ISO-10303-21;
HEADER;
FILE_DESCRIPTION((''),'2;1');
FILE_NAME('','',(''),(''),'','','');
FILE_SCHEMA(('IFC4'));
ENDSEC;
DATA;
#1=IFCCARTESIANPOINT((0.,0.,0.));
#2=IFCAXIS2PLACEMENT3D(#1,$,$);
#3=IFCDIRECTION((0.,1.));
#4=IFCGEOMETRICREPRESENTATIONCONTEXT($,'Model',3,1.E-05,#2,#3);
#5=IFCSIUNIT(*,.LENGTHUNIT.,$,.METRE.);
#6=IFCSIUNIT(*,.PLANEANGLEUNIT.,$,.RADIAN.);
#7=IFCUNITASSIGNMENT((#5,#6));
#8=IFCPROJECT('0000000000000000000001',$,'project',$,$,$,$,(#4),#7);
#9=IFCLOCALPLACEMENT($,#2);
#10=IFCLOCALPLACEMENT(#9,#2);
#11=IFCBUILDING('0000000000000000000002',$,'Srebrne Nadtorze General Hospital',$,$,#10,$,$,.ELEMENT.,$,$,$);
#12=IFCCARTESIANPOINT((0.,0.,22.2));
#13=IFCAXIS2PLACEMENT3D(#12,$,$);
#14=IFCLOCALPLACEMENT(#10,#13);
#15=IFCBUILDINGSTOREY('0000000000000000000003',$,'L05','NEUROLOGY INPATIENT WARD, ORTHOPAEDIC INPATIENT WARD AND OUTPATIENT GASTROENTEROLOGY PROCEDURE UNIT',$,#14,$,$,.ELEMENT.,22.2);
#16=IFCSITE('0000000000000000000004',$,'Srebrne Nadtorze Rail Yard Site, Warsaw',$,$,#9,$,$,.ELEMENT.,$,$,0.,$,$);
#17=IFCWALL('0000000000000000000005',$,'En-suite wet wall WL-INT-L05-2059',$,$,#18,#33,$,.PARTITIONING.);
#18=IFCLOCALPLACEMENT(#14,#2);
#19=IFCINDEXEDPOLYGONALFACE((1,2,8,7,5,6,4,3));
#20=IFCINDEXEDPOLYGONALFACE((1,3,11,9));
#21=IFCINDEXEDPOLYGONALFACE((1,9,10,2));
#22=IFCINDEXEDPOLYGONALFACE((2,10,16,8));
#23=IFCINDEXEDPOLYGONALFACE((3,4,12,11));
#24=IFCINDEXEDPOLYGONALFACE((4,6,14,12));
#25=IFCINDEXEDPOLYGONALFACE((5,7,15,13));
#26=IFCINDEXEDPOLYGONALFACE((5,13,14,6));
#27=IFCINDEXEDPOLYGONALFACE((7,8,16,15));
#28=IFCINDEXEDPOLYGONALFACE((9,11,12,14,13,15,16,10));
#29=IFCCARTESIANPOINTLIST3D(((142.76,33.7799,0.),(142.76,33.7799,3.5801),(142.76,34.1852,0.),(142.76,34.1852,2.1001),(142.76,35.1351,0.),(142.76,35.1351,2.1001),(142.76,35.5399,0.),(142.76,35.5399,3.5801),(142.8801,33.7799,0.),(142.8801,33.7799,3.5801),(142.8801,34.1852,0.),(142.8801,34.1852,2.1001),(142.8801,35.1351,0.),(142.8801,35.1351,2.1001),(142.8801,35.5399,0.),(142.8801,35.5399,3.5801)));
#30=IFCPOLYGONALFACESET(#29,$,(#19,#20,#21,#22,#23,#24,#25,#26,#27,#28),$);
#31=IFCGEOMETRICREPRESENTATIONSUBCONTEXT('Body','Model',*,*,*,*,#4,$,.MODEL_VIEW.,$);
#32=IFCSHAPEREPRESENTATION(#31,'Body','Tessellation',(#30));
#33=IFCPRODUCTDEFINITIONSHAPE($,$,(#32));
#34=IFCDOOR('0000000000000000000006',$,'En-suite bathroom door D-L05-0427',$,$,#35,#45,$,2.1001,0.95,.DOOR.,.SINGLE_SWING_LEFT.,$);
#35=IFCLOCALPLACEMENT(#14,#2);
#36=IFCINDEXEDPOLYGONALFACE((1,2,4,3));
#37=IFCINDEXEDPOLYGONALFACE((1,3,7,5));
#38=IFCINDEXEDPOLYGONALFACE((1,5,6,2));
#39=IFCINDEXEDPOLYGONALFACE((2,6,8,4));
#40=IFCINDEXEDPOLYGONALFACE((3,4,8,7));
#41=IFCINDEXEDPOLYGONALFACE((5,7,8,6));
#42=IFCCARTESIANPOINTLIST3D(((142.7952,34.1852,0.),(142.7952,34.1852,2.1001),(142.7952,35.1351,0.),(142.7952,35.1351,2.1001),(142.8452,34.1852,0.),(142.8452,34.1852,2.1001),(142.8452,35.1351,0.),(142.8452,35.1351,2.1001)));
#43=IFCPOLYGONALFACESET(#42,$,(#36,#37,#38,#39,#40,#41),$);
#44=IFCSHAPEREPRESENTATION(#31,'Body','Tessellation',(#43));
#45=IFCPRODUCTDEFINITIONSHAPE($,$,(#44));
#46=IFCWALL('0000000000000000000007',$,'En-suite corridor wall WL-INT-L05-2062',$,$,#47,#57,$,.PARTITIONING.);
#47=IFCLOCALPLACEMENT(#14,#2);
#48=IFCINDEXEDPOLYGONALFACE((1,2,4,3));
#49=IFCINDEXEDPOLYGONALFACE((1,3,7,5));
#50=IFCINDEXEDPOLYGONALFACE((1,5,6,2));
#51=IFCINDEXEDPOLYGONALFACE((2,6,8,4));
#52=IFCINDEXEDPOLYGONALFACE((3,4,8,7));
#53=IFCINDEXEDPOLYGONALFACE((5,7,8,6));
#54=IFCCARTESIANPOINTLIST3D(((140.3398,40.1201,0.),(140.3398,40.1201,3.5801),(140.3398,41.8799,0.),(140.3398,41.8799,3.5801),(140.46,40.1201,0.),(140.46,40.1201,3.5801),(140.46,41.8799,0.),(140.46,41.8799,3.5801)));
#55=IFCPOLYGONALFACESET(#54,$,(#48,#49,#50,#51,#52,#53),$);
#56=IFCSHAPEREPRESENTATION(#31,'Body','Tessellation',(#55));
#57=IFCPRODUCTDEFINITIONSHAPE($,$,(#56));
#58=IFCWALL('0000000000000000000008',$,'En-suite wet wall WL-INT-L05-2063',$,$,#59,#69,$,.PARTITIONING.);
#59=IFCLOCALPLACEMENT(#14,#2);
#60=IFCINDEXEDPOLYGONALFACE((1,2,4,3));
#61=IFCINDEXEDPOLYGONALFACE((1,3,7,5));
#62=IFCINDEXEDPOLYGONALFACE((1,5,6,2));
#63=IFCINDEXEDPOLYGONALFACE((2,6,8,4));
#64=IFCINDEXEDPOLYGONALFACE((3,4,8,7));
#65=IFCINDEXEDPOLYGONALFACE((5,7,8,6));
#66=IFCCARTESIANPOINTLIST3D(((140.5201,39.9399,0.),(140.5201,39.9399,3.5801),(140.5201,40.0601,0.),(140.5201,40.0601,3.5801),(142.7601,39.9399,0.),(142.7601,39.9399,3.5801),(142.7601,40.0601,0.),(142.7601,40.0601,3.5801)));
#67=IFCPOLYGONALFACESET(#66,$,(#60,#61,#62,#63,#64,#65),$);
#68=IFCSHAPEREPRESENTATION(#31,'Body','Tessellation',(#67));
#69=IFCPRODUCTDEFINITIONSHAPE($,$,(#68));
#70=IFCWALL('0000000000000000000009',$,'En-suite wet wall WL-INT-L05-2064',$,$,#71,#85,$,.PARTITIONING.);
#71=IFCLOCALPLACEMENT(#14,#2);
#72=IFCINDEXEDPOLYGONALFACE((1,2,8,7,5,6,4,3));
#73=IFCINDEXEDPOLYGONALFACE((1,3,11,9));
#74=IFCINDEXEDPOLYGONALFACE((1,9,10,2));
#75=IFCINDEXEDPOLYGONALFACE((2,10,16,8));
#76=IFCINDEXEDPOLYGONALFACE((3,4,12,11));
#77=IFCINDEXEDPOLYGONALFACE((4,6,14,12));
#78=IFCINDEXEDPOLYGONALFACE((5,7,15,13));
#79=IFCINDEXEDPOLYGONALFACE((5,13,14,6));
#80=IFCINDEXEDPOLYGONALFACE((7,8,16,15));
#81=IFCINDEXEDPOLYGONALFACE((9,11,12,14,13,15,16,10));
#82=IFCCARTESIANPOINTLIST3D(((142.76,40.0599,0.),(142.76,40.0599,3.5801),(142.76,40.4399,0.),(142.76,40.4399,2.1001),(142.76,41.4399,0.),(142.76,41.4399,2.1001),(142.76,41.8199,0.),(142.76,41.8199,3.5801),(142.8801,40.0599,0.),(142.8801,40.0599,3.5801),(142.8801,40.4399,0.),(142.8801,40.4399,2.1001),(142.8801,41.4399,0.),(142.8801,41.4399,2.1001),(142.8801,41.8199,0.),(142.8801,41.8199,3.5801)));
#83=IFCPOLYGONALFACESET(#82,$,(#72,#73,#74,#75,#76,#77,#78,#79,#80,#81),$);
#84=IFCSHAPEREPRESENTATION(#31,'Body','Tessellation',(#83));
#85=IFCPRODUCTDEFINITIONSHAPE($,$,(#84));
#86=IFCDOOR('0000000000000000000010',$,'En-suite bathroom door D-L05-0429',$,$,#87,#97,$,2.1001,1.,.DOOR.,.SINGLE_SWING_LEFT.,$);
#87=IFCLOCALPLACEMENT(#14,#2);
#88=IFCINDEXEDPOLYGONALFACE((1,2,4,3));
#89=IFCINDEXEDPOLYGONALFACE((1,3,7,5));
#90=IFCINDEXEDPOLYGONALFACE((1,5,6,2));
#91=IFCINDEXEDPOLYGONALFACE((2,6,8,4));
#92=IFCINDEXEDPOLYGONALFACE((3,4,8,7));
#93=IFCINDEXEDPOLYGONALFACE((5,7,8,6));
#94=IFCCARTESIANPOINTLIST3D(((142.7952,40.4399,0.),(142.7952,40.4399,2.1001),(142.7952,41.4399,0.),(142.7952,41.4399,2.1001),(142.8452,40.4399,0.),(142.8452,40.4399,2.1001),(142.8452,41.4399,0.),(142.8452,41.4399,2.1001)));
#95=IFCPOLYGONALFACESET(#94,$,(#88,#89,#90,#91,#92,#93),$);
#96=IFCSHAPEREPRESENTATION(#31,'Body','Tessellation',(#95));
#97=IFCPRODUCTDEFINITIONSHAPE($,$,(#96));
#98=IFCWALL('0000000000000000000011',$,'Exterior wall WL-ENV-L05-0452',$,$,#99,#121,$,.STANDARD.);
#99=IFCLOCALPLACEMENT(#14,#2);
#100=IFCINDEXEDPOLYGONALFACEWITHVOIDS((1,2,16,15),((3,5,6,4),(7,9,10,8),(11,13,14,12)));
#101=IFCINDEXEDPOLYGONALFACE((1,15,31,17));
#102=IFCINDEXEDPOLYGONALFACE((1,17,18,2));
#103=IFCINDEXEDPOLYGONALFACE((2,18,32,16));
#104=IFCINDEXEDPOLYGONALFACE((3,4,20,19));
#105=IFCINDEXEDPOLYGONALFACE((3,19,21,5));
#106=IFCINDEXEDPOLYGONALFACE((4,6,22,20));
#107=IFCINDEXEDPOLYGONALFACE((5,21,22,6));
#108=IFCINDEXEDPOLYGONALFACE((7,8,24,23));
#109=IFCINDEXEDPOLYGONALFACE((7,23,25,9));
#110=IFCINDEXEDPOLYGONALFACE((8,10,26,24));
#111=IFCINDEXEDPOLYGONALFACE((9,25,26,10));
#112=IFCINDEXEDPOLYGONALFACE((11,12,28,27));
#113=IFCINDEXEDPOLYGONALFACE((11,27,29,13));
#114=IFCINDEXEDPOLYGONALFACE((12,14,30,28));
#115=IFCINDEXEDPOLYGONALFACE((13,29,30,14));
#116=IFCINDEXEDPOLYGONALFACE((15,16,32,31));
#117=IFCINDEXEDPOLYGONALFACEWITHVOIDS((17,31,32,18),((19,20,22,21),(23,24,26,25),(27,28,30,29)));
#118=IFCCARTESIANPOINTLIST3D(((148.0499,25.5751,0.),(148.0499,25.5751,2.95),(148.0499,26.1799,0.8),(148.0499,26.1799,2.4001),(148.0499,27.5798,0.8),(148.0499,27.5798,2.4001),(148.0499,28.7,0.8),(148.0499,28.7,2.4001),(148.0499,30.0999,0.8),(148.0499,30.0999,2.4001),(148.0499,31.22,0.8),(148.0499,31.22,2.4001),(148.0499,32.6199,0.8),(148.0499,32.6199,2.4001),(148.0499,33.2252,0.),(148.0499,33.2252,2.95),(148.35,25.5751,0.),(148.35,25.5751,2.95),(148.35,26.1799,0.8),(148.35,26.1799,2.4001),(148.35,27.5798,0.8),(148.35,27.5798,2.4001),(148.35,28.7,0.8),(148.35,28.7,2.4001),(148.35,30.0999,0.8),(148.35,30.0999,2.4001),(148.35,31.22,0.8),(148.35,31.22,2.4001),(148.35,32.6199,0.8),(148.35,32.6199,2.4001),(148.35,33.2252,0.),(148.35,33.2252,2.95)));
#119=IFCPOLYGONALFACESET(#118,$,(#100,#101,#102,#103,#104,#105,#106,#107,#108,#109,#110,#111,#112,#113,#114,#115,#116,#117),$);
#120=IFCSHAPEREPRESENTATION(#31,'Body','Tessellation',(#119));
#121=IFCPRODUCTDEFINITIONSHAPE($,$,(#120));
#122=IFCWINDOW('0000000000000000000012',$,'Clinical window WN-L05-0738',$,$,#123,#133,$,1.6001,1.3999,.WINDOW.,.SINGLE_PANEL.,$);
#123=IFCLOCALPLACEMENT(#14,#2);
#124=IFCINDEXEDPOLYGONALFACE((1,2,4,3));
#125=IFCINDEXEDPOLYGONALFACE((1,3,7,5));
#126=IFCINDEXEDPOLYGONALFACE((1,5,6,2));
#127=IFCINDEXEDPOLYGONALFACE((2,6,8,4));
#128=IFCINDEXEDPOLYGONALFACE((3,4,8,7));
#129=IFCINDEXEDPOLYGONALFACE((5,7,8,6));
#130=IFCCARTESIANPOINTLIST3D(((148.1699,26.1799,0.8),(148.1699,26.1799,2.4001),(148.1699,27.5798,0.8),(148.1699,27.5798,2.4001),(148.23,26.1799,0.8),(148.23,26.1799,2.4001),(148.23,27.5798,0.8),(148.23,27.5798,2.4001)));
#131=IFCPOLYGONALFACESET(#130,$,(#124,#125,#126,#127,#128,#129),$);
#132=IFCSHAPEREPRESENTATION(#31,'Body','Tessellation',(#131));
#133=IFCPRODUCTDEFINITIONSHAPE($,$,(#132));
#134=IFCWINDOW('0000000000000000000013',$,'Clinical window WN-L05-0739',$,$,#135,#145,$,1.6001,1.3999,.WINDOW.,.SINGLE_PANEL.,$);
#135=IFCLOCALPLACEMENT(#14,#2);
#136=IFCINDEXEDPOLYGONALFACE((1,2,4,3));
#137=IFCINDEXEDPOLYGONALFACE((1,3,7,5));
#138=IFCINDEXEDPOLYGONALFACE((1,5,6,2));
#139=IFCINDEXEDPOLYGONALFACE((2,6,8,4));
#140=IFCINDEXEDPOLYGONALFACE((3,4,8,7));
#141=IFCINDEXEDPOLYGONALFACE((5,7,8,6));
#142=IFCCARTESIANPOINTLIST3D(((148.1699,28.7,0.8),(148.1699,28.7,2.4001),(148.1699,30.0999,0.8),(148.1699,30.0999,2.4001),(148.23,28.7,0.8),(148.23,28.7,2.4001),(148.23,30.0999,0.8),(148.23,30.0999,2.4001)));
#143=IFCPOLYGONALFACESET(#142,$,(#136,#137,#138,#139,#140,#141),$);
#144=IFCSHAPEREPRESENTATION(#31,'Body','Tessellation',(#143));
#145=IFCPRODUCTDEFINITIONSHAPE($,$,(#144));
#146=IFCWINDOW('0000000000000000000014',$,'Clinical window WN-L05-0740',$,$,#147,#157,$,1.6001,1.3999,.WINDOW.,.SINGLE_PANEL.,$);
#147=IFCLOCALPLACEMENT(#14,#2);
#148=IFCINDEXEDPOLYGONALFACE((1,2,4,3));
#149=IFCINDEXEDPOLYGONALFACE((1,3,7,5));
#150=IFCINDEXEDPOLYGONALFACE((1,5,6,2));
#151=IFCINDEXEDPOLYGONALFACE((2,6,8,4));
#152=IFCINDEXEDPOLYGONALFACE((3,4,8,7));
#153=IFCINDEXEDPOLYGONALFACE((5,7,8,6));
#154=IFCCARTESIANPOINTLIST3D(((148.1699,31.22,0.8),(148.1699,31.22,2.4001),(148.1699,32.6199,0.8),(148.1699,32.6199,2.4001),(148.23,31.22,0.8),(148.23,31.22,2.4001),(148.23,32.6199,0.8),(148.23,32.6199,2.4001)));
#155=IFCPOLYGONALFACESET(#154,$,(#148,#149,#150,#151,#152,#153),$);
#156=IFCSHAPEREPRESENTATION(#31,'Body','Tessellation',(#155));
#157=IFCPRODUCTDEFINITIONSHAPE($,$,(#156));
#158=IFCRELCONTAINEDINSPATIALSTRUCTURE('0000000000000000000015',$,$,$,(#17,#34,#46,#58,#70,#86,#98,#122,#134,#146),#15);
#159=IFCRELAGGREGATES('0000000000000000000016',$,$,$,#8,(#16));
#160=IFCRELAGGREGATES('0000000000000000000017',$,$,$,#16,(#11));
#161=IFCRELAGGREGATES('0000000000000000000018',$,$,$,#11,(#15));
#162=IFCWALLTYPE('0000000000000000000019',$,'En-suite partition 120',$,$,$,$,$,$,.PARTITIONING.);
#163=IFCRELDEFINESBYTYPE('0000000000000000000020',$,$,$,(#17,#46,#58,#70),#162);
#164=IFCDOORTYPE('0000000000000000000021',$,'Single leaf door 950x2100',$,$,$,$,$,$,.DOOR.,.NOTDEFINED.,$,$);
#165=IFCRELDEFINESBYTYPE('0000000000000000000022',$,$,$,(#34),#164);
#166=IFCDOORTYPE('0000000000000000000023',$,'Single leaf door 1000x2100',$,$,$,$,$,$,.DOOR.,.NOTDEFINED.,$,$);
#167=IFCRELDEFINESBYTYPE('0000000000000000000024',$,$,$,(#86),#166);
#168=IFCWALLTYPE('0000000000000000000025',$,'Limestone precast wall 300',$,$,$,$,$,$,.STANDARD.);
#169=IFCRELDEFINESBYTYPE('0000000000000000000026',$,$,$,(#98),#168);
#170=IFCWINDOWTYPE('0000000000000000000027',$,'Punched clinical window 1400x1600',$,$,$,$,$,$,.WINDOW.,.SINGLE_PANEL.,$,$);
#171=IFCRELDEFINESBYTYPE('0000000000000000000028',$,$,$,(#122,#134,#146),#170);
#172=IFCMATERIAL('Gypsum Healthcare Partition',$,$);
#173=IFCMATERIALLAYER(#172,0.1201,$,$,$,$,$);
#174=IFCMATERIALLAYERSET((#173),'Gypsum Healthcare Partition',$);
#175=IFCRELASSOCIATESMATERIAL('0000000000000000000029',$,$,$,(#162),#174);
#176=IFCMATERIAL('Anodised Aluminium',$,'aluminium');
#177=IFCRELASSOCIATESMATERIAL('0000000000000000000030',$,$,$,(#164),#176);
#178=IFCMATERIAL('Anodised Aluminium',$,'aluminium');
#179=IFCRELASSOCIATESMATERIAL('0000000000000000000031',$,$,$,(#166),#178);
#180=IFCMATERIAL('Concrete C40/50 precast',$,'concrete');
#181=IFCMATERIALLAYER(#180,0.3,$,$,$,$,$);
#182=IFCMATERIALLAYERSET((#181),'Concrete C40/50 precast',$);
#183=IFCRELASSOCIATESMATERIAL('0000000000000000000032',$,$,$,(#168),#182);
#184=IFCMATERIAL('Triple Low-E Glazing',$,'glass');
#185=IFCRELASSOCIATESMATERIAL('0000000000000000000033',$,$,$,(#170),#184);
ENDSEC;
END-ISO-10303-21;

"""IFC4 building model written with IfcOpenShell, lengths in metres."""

from ifc_helpers import new_model, si_unit, direction, frame, frame_2d, origin, place, context, subcontext, project, spatial, rectangle, extrude, material, layer, layer_set, type_object, element, fill, save


model = new_model("IFC4")

# Units and contexts
model_context = context("Model", 3, precision=1e-05, world=origin(), true_north=direction((0.0, 1.0)))
body_context = subcontext(model_context, "Body", "Model", "MODEL_VIEW")
ifc_project = project(units=[si_unit("LENGTHUNIT", "METRE"), si_unit("PLANEANGLEUNIT", "RADIAN")], contexts=[model_context])

# Site, building, storey
site_placement = place(None, origin())
site = spatial("IfcSite", under=ifc_project, at=site_placement, Name="Srebrne Nadtorze Rail Yard Site, Warsaw", CompositionType="ELEMENT", RefElevation=0.0)
building_placement = place(site_placement, origin())
building = spatial("IfcBuilding", under=site, at=building_placement, Name="Srebrne Nadtorze General Hospital", CompositionType="ELEMENT")
storey_placement = place(building_placement, frame((0.0, 0.0, 22.2)))
storey = spatial("IfcBuildingStorey", under=building, at=storey_placement, Name="L05", Description="NEUROLOGY INPATIENT WARD, ORTHOPAEDIC INPATIENT WARD AND OUTPATIENT GASTROENTEROLOGY PROCEDURE UNIT", CompositionType="ELEMENT", Elevation=22.2)

# Shared definitions
ifc_material_1 = material(Name="Gypsum Healthcare Partition")
ifc_layer_1 = layer(ifc_material_1, 0.1201)
ifc_layer_set_1 = layer_set([ifc_layer_1], Name="Gypsum Healthcare Partition")
wall_type_1 = type_object("IfcWallType", Name="En-suite partition 120", PredefinedType="PARTITIONING", material=ifc_layer_set_1)

# Wall, opening, door
wall_1_placement = place(storey_placement, frame((142.8201, 33.78, 0.0), z_axis=(0.0, 0.0, 1.0), x_axis=(0.0, 1.0, 0.0)))
wall_1 = element("IfcWall", 1, at=wall_1_placement, inside=storey, type_object=wall_type_1, Name="En-suite wet wall WL-INT-L05-2059", PredefinedType="PARTITIONING", context=body_context, shape_type="SweptSolid", body=[
    extrude(rectangle(XDim=1.76, YDim=0.1201, at=frame_2d((0.8799, 0.0))), origin(), (0.0, 0.0, 1.0), 3.5801),
])
opening_1_placement = place(wall_1_placement, frame((0.405, 0.0, 0.0)))
opening_1 = element("IfcOpeningElement", 2, at=opening_1_placement, cuts=wall_1, PredefinedType="OPENING", context=body_context, shape_type="SweptSolid", body=[
    extrude(rectangle(XDim=0.95, YDim=2.1001, at=frame_2d((0.4751, 1.05))), frame((0.0, 0.072, 0.0), z_axis=(0.0, -1.0, 0.0), x_axis=(1.0, 0.0, 0.0)), (0.0, 0.0, 1.0), 0.144),
])
ifc_material_2 = material(Name="Anodised Aluminium", Category="aluminium")
door_type_1 = type_object("IfcDoorType", Name="Single leaf door 950x2100", OperationType="NOTDEFINED", PredefinedType="DOOR", material=ifc_material_2)
door_1_placement = place(opening_1_placement, origin())
door_1 = element("IfcDoor", 3, at=door_1_placement, inside=storey, type_object=door_type_1, Name="En-suite bathroom door D-L05-0427", OperationType="SINGLE_SWING_LEFT", OverallHeight=2.1001, OverallWidth=0.95, PredefinedType="DOOR", context=body_context, shape_type="SweptSolid", body=[
    extrude(rectangle(XDim=0.95, YDim=2.1001, at=frame_2d((0.4751, 1.05))), frame((0.0, 0.0249, 0.0), z_axis=(0.0, -1.0, 0.0), x_axis=(1.0, 0.0, 0.0)), (0.0, 0.0, 1.0), 0.05),
])
fill(opening_1, door_1)

# Walls
wall_2_placement = place(storey_placement, frame((140.3999, 40.1201, 0.0), z_axis=(0.0, 0.0, 1.0), x_axis=(0.0, 1.0, 0.0)))
element("IfcWall", 4, at=wall_2_placement, inside=storey, type_object=wall_type_1, Name="En-suite corridor wall WL-INT-L05-2062", PredefinedType="PARTITIONING", context=body_context, shape_type="SweptSolid", body=[
    extrude(rectangle(XDim=1.7598, YDim=0.1201, at=frame_2d((0.8799, 0.0))), origin(), (0.0, 0.0, 1.0), 3.5801),
])
wall_3_placement = place(storey_placement, frame((140.52, 40.0, 0.0), z_axis=(0.0, 0.0, 1.0), x_axis=(1.0, 0.0, 0.0)))
element("IfcWall", 5, at=wall_3_placement, inside=storey, type_object=wall_type_1, Name="En-suite wet wall WL-INT-L05-2063", PredefinedType="PARTITIONING", context=body_context, shape_type="SweptSolid", body=[
    extrude(rectangle(XDim=2.24, YDim=0.1201, at=frame_2d((1.1201, 0.0))), origin(), (0.0, 0.0, 1.0), 3.5801),
])

# Wall, opening, door
wall_4_placement = place(storey_placement, frame((142.8201, 40.0601, 0.0), z_axis=(0.0, 0.0, 1.0), x_axis=(0.0, 1.0, 0.0)))
wall_4 = element("IfcWall", 6, at=wall_4_placement, inside=storey, type_object=wall_type_1, Name="En-suite wet wall WL-INT-L05-2064", PredefinedType="PARTITIONING", context=body_context, shape_type="SweptSolid", body=[
    extrude(rectangle(XDim=1.76, YDim=0.1201, at=frame_2d((0.8799, 0.0))), origin(), (0.0, 0.0, 1.0), 3.5801),
])
opening_2_placement = place(wall_4_placement, frame((0.3799, 0.0, 0.0)))
opening_2 = element("IfcOpeningElement", 7, at=opening_2_placement, cuts=wall_4, PredefinedType="OPENING", context=body_context, shape_type="SweptSolid", body=[
    extrude(rectangle(XDim=1.0, YDim=2.1001, at=frame_2d((0.5, 1.05))), frame((0.0, 0.072, 0.0), z_axis=(0.0, -1.0, 0.0), x_axis=(1.0, 0.0, 0.0)), (0.0, 0.0, 1.0), 0.144),
])
ifc_material_3 = material(Name="Anodised Aluminium", Category="aluminium")
door_type_2 = type_object("IfcDoorType", Name="Single leaf door 1000x2100", OperationType="NOTDEFINED", PredefinedType="DOOR", material=ifc_material_3)
door_2_placement = place(opening_2_placement, origin())
door_2 = element("IfcDoor", 8, at=door_2_placement, inside=storey, type_object=door_type_2, Name="En-suite bathroom door D-L05-0429", OperationType="SINGLE_SWING_LEFT", OverallHeight=2.1001, OverallWidth=1.0, PredefinedType="DOOR", context=body_context, shape_type="SweptSolid", body=[
    extrude(rectangle(XDim=1.0, YDim=2.1001, at=frame_2d((0.5, 1.05))), frame((0.0, 0.0249, 0.0), z_axis=(0.0, -1.0, 0.0), x_axis=(1.0, 0.0, 0.0)), (0.0, 0.0, 1.0), 0.05),
])
fill(opening_2, door_2)

# Wall, openings, windows
ifc_material_4 = material(Name="Concrete C40/50 precast", Category="concrete")
ifc_layer_2 = layer(ifc_material_4, 0.3)
ifc_layer_set_2 = layer_set([ifc_layer_2], Name="Concrete C40/50 precast")
wall_type_2 = type_object("IfcWallType", Name="Limestone precast wall 300", PredefinedType="STANDARD", material=ifc_layer_set_2)
wall_5_placement = place(storey_placement, frame((148.2, 25.575, 0.0), z_axis=(0.0, 0.0, 1.0), x_axis=(0.0, 1.0, 0.0)))
wall_5 = element("IfcWall", 9, at=wall_5_placement, inside=storey, type_object=wall_type_2, Name="Exterior wall WL-ENV-L05-0452", PredefinedType="STANDARD", context=body_context, shape_type="SweptSolid", body=[
    extrude(rectangle(XDim=7.6501, YDim=0.3, at=frame_2d((3.8252, 0.0))), origin(), (0.0, 0.0, 1.0), 2.95),
])
opening_3_placement = place(wall_5_placement, frame((0.605, 0.0, 0.8)))
opening_3 = element("IfcOpeningElement", 10, at=opening_3_placement, cuts=wall_5, PredefinedType="OPENING", context=body_context, shape_type="SweptSolid", body=[
    extrude(rectangle(XDim=1.3999, YDim=1.6001, at=frame_2d((0.7, 0.8))), frame((0.0, 0.1621, 0.0), z_axis=(0.0, -1.0, 0.0), x_axis=(1.0, 0.0, 0.0)), (0.0, 0.0, 1.0), 0.324),
])
opening_4_placement = place(wall_5_placement, frame((3.125, 0.0, 0.8)))
opening_4 = element("IfcOpeningElement", 11, at=opening_4_placement, cuts=wall_5, PredefinedType="OPENING", context=body_context, shape_type="SweptSolid", body=[
    extrude(rectangle(XDim=1.3999, YDim=1.6001, at=frame_2d((0.7, 0.8))), frame((0.0, 0.1621, 0.0), z_axis=(0.0, -1.0, 0.0), x_axis=(1.0, 0.0, 0.0)), (0.0, 0.0, 1.0), 0.324),
])
opening_5_placement = place(wall_5_placement, frame((5.645, 0.0, 0.8)))
opening_5 = element("IfcOpeningElement", 12, at=opening_5_placement, cuts=wall_5, PredefinedType="OPENING", context=body_context, shape_type="SweptSolid", body=[
    extrude(rectangle(XDim=1.3999, YDim=1.6001, at=frame_2d((0.7, 0.8))), frame((0.0, 0.1621, 0.0), z_axis=(0.0, -1.0, 0.0), x_axis=(1.0, 0.0, 0.0)), (0.0, 0.0, 1.0), 0.324),
])
ifc_material_5 = material(Name="Triple Low-E Glazing", Category="glass")
window_type_1 = type_object("IfcWindowType", Name="Punched clinical window 1400x1600", PartitioningType="SINGLE_PANEL", PredefinedType="WINDOW", material=ifc_material_5)
window_1_placement = place(opening_3_placement, origin())
window_1 = element("IfcWindow", 13, at=window_1_placement, inside=storey, type_object=window_type_1, Name="Clinical window WN-L05-0738", OverallHeight=1.6001, OverallWidth=1.3999, PartitioningType="SINGLE_PANEL", PredefinedType="WINDOW", context=body_context, shape_type="SweptSolid", body=[
    extrude(rectangle(XDim=1.3999, YDim=1.6001, at=frame_2d((0.7, 0.8))), frame((0.0, 0.03, 0.0), z_axis=(0.0, -1.0, 0.0), x_axis=(1.0, 0.0, 0.0)), (0.0, 0.0, 1.0), 0.0601),
])
fill(opening_3, window_1)
window_2_placement = place(opening_4_placement, origin())
window_2 = element("IfcWindow", 14, at=window_2_placement, inside=storey, type_object=window_type_1, Name="Clinical window WN-L05-0739", OverallHeight=1.6001, OverallWidth=1.3999, PartitioningType="SINGLE_PANEL", PredefinedType="WINDOW", context=body_context, shape_type="SweptSolid", body=[
    extrude(rectangle(XDim=1.3999, YDim=1.6001, at=frame_2d((0.7, 0.8))), frame((0.0, 0.03, 0.0), z_axis=(0.0, -1.0, 0.0), x_axis=(1.0, 0.0, 0.0)), (0.0, 0.0, 1.0), 0.0601),
])
fill(opening_4, window_2)
window_3_placement = place(opening_5_placement, origin())
window_3 = element("IfcWindow", 15, at=window_3_placement, inside=storey, type_object=window_type_1, Name="Clinical window WN-L05-0740", OverallHeight=1.6001, OverallWidth=1.3999, PartitioningType="SINGLE_PANEL", PredefinedType="WINDOW", context=body_context, shape_type="SweptSolid", body=[
    extrude(rectangle(XDim=1.3999, YDim=1.6001, at=frame_2d((0.7, 0.8))), frame((0.0, 0.03, 0.0), z_axis=(0.0, -1.0, 0.0), x_axis=(1.0, 0.0, 0.0)), (0.0, 0.0, 1.0), 0.0601),
])
fill(opening_5, window_3)

save(model, "model.ifc")
